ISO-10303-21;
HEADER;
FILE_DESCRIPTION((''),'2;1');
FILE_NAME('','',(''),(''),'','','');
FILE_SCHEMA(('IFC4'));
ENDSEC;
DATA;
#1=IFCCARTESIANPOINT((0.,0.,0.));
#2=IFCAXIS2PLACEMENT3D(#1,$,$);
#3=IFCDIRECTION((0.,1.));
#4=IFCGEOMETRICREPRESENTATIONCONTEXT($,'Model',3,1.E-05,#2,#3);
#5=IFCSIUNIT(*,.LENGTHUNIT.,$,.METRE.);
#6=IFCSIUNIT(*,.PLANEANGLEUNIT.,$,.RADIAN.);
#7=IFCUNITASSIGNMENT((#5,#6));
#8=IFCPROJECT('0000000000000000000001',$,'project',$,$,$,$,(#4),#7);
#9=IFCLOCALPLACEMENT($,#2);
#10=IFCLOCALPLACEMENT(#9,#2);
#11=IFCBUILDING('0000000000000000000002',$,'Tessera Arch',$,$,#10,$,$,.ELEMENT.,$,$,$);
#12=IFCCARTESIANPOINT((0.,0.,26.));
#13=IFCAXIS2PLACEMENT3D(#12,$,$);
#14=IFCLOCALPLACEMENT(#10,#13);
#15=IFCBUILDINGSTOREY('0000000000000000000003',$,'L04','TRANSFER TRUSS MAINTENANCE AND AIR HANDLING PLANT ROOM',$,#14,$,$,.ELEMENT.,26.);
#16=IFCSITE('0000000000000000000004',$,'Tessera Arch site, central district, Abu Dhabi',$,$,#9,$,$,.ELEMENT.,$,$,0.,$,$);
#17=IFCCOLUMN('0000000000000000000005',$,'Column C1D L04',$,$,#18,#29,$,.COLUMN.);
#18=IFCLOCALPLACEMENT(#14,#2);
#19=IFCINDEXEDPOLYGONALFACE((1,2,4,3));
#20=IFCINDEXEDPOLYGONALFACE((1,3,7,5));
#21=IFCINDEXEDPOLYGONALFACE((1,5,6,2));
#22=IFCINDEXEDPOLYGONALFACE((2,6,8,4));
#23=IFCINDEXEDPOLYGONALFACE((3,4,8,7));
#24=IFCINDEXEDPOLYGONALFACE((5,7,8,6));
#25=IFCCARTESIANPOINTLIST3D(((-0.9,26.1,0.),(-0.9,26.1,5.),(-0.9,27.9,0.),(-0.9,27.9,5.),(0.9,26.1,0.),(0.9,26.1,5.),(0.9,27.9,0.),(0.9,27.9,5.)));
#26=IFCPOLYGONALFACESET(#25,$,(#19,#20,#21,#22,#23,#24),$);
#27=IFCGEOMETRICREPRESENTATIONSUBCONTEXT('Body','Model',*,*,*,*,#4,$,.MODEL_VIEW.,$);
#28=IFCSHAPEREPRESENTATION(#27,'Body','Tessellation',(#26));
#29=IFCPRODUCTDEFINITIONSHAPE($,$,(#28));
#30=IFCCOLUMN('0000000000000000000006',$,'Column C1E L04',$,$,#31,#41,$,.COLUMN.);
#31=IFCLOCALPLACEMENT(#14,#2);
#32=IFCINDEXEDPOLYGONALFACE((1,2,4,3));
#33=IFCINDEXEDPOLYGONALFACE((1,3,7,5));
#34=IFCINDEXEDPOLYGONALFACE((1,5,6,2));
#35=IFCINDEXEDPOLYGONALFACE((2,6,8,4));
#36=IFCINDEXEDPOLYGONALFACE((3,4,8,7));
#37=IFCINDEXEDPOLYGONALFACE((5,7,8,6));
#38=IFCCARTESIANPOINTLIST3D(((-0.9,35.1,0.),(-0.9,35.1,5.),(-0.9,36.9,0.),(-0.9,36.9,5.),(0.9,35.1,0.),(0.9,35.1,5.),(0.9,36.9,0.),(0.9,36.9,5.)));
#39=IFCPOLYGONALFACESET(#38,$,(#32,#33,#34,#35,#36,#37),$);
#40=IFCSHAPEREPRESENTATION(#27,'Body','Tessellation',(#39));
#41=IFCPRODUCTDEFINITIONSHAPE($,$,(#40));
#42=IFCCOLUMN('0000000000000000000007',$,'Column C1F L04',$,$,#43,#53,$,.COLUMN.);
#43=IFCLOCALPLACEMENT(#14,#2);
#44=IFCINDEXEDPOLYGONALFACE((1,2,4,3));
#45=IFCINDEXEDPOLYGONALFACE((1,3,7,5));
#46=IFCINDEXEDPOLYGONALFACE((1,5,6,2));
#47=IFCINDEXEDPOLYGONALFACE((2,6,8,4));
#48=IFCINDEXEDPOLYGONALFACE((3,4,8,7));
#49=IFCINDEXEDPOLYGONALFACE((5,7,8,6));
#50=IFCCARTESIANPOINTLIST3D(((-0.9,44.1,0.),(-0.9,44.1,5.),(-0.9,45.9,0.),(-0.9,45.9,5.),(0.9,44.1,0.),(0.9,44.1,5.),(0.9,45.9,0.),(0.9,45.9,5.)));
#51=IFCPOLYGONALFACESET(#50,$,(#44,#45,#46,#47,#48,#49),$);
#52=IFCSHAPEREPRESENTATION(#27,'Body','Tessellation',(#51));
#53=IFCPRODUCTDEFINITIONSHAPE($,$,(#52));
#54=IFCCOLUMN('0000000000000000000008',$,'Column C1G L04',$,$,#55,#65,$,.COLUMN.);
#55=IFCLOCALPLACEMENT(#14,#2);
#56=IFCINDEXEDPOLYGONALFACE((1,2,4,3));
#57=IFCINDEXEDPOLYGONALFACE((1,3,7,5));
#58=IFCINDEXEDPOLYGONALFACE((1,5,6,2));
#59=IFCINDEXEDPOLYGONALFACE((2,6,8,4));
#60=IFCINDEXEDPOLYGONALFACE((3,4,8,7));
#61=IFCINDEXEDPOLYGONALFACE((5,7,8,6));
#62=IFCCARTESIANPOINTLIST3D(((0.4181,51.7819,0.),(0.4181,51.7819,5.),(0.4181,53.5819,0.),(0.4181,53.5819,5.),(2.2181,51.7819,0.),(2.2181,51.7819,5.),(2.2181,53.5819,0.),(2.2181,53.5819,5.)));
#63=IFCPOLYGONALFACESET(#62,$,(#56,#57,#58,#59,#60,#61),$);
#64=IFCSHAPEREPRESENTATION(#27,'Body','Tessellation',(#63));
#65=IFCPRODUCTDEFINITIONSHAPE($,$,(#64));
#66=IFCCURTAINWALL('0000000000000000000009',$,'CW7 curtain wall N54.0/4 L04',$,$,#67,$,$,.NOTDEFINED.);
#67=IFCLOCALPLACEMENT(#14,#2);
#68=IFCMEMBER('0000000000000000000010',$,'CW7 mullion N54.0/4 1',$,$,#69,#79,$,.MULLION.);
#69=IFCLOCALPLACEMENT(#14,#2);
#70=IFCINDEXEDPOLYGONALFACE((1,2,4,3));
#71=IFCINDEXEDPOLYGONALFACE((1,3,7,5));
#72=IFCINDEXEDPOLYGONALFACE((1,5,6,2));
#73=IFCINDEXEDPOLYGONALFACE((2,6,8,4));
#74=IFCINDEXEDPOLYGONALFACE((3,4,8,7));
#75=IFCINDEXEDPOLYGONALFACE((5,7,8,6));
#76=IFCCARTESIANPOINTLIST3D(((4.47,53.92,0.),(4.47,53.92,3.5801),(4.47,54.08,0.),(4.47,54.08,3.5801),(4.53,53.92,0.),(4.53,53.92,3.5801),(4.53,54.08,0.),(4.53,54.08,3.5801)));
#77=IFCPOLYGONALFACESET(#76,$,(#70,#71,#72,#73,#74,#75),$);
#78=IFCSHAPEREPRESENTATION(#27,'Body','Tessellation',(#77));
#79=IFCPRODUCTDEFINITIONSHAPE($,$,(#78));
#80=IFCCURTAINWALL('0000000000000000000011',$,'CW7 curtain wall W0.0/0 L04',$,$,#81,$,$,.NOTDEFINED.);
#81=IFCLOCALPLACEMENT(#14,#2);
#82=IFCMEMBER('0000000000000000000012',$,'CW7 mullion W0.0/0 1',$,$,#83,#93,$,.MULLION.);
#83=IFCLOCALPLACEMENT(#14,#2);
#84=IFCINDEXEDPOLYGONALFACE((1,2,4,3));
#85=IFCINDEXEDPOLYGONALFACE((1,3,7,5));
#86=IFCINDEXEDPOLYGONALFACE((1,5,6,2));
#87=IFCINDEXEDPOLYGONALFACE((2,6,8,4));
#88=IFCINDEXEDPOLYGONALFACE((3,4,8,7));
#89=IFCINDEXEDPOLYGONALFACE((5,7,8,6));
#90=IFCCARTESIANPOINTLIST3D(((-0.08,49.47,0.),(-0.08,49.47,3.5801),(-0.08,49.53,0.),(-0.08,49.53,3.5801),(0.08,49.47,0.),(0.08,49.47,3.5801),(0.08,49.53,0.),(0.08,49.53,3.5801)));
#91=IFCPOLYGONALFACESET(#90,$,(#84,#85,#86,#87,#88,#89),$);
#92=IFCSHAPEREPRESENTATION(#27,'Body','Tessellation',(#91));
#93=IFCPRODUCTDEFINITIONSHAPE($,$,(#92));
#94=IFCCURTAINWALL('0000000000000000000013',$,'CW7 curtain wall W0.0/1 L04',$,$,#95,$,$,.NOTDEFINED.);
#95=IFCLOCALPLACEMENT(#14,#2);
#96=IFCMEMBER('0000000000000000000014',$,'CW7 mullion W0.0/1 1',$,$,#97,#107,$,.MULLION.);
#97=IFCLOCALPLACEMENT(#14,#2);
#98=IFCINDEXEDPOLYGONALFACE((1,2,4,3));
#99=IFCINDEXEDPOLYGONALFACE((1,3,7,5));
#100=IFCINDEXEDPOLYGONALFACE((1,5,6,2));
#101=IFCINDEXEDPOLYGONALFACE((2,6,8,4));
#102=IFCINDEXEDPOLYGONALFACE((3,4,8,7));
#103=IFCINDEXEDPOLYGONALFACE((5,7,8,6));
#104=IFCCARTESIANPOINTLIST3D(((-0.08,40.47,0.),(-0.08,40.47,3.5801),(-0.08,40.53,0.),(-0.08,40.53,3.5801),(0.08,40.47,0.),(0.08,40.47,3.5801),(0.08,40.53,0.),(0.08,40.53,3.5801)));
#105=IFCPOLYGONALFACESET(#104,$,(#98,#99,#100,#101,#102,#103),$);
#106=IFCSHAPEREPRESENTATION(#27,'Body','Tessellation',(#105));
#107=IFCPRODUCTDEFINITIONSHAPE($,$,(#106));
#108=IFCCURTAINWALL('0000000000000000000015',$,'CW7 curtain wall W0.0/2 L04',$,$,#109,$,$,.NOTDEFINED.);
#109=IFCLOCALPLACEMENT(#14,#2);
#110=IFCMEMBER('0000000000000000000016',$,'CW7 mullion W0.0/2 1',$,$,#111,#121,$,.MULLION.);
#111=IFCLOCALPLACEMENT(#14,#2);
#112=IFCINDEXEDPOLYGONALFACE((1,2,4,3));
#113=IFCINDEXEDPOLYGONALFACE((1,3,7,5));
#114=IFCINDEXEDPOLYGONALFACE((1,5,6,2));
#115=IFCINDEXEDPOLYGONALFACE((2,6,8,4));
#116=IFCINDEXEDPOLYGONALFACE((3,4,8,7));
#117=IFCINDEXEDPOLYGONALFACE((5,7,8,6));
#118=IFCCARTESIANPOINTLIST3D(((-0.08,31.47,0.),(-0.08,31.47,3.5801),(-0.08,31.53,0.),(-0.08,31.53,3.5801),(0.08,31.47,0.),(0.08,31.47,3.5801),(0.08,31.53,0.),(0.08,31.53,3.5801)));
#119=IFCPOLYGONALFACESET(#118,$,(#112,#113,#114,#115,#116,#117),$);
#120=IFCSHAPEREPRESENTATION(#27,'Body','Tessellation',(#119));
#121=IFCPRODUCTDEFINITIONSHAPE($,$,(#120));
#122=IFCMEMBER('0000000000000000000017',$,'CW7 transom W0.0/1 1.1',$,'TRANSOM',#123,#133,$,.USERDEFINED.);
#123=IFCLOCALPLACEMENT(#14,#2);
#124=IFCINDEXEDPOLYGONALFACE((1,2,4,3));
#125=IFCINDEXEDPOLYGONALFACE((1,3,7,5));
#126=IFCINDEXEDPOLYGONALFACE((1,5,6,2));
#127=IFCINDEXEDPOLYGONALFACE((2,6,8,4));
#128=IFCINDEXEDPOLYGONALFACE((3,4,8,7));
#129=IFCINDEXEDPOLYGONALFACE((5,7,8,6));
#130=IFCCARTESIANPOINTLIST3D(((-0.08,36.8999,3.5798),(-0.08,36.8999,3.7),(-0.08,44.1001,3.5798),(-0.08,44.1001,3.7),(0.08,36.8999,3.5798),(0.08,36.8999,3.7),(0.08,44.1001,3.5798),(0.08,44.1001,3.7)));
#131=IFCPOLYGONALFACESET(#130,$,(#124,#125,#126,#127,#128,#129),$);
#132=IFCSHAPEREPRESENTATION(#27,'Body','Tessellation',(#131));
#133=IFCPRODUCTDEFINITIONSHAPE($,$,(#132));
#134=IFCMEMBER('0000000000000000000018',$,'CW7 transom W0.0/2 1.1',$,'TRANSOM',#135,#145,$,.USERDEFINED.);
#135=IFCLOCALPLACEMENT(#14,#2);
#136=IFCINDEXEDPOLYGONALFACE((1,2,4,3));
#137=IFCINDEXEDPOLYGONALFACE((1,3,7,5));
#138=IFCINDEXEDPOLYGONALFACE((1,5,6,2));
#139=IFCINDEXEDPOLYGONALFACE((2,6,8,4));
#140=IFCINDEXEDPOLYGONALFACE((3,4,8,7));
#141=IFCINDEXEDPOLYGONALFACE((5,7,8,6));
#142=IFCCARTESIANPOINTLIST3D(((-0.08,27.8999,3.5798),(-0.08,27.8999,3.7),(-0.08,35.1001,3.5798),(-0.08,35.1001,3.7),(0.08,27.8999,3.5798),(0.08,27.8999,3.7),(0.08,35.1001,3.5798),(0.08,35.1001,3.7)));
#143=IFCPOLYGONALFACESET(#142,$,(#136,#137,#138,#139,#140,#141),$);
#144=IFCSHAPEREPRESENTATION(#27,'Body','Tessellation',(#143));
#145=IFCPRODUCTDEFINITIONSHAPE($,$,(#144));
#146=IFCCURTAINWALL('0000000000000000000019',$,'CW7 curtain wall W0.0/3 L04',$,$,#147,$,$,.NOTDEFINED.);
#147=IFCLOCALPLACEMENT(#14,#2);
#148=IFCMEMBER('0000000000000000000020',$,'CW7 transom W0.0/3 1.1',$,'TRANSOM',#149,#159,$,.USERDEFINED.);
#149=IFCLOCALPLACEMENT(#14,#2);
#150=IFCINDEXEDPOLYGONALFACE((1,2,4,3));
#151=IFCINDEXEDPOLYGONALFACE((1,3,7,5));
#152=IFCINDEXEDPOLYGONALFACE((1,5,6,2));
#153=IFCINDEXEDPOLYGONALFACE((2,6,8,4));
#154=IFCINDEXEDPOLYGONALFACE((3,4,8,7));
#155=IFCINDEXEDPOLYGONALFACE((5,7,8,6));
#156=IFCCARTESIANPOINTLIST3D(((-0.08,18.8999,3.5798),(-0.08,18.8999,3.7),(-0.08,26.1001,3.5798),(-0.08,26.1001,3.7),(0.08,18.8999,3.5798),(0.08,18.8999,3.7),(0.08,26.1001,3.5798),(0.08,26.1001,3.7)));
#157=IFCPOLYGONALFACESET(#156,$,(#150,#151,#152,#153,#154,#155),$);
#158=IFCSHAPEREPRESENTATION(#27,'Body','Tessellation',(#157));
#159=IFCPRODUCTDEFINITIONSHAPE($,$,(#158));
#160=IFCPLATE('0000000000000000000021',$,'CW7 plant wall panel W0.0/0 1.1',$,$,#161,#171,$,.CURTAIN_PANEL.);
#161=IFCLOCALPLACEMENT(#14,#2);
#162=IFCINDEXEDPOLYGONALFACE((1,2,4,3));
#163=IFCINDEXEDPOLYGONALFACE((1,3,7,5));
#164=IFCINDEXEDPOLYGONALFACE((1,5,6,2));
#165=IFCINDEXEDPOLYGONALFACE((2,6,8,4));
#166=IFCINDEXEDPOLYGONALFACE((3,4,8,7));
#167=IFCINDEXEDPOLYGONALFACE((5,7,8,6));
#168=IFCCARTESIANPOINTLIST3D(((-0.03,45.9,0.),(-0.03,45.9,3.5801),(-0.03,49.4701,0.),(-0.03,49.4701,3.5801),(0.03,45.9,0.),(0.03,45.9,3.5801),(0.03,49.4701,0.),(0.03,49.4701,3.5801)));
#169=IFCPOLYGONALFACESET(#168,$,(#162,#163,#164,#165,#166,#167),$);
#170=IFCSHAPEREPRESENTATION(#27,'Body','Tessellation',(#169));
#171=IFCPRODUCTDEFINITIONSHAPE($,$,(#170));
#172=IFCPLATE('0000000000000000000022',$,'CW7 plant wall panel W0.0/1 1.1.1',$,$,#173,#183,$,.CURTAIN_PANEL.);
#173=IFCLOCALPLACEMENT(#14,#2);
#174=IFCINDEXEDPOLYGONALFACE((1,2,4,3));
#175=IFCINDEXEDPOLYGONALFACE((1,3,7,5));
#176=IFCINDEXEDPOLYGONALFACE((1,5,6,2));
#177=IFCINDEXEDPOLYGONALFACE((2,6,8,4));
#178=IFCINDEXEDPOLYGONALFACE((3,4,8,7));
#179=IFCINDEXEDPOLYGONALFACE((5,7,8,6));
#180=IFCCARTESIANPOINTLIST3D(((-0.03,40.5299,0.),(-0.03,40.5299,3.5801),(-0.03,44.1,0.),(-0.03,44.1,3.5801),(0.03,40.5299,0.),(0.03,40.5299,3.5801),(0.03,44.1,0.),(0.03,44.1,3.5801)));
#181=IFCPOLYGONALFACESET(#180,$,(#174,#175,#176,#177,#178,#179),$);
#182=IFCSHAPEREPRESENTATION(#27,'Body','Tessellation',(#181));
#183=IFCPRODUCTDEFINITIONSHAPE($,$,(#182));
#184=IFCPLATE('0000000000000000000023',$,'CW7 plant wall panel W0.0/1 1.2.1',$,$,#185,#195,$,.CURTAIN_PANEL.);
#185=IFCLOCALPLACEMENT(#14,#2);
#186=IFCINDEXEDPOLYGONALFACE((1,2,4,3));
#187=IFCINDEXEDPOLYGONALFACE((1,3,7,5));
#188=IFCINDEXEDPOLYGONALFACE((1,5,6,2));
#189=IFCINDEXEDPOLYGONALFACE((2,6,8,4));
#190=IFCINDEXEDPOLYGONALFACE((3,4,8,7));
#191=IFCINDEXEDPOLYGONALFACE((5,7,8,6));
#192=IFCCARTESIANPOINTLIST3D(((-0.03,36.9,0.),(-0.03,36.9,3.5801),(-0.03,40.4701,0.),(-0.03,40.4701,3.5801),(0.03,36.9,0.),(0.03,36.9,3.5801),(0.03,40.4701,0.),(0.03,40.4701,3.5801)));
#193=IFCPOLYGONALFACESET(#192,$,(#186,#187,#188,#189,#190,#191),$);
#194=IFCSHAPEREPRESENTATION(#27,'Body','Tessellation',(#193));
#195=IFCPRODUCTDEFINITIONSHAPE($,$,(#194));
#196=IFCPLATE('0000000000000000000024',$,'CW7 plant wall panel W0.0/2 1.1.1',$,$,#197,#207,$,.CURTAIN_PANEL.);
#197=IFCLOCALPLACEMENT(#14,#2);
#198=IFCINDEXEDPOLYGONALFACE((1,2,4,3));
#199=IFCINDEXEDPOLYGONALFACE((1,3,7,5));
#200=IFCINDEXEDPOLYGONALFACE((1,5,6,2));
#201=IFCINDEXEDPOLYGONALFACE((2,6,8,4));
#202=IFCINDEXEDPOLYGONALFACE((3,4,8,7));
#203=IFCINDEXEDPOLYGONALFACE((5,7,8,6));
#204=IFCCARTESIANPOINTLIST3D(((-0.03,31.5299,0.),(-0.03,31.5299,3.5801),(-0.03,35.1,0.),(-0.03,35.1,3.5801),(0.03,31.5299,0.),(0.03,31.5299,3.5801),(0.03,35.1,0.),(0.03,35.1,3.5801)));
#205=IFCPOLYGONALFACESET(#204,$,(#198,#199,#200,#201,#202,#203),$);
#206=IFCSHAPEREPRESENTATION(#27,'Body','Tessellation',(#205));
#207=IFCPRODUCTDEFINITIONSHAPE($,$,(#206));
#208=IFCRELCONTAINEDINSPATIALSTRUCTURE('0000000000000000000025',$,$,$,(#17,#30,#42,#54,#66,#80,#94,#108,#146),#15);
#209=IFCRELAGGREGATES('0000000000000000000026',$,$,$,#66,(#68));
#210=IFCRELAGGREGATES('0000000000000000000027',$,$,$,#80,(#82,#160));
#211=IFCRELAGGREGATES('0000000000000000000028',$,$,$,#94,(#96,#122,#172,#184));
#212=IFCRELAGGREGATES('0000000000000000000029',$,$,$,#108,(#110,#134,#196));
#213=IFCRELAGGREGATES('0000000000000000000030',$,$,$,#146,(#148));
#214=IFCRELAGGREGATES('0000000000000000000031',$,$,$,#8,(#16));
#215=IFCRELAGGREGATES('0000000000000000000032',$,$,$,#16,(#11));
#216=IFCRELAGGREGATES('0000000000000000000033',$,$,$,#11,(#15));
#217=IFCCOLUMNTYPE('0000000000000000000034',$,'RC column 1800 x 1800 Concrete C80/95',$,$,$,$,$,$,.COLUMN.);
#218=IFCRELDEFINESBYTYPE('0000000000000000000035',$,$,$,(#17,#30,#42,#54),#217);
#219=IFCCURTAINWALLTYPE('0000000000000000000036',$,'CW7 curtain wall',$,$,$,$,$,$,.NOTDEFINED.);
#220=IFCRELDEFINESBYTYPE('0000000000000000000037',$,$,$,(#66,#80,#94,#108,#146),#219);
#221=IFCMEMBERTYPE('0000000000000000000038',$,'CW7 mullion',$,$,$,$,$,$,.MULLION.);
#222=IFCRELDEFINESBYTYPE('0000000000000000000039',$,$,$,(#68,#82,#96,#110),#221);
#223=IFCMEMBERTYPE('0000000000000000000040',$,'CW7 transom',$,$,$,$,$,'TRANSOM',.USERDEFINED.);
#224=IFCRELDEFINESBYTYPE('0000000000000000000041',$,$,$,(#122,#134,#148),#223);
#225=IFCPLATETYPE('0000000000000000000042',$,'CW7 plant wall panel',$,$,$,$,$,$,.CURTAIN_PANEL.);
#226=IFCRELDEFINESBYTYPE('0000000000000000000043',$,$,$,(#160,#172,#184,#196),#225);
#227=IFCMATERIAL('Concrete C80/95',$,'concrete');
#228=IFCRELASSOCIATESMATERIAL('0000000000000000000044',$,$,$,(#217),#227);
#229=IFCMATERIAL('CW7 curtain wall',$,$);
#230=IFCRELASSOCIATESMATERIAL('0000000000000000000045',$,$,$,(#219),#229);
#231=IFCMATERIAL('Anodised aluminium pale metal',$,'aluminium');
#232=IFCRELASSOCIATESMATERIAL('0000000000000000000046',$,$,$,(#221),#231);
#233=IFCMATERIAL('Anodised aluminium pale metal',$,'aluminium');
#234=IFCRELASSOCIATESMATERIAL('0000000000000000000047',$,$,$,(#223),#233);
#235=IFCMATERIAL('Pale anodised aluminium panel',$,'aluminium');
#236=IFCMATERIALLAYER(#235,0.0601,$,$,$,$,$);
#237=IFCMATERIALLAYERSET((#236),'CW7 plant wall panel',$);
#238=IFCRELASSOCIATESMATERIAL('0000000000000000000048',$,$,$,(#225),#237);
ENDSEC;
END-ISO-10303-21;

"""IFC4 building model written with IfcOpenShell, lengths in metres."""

from ifc_helpers import new_model, si_unit, direction, frame, origin, origin_2d, place, context, subcontext, project, spatial, rectangle, extrude, material, layer, layer_set, material_profile, profile_set, type_object, element, aggregate, save


model = new_model("IFC4")

# Units and contexts
model_context = context("Model", 3, precision=1e-05, world=origin(), true_north=direction((0.0, 1.0)))
body_context = subcontext(model_context, "Body", "Model", "MODEL_VIEW")
ifc_project = project(units=[si_unit("LENGTHUNIT", "METRE"), si_unit("PLANEANGLEUNIT", "RADIAN")], contexts=[model_context])

# Site, building, storey
site_placement = place(None, origin())
site = spatial("IfcSite", under=ifc_project, at=site_placement, Name="Tessera Arch site, central district, Abu Dhabi", CompositionType="ELEMENT", RefElevation=0.0)
building_placement = place(site_placement, origin())
building = spatial("IfcBuilding", under=site, at=building_placement, Name="Tessera Arch", CompositionType="ELEMENT")
storey_placement = place(building_placement, frame((0.0, 0.0, 26.0)))
storey = spatial("IfcBuildingStorey", under=building, at=storey_placement, Name="L04", Description="TRANSFER TRUSS MAINTENANCE AND AIR HANDLING PLANT ROOM", CompositionType="ELEMENT", Elevation=26.0)

# Columns
ifc_material_1 = material(Name="Concrete C80/95", Category="concrete")
ifc_material_profile_1 = material_profile(ifc_material_1, rectangle(XDim=1.8, YDim=1.8, at=origin_2d()), Name="RC column 1800 x 1800 Concrete C80/95")
ifc_profile_set_1 = profile_set([ifc_material_profile_1], Name="Concrete C80/95")
column_type = type_object("IfcColumnType", Name="RC column 1800 x 1800 Concrete C80/95", PredefinedType="COLUMN", material=ifc_profile_set_1)
for number, where, z_axis, x_axis, name in (
    (1, (0.0, 27.0, 0.0), (0.0, 0.0, 1.0), (1.0, 0.0, 0.0), "Column C1D L04"),
    (2, (0.0, 36.0, 0.0), (0.0, 0.0, 1.0), (1.0, 0.0, 0.0), "Column C1E L04"),
    (3, (0.0, 45.0, 0.0), (0.0, 0.0, 1.0), (1.0, 0.0, 0.0), "Column C1F L04"),
    (4, (1.3181, 52.6819, 0.0), (0.0, 0.0, 1.0), (1.0, 0.0, 0.0), "Column C1G L04"),
):
    element("IfcColumn", number, at=place(storey_placement, frame(where, z_axis=z_axis, x_axis=x_axis)), inside=storey, type_object=column_type, Name=name, PredefinedType="COLUMN", context=body_context, shape_type="SweptSolid", body=[
        extrude(rectangle(XDim=1.8, YDim=1.8, at=origin_2d()), origin(), (0.0, 0.0, 1.0), 5.0),
    ])

# Curtain walls, members
ifc_material_2 = material(Name="CW7 curtain wall")
curtain_wall_type = type_object("IfcCurtainWallType", Name="CW7 curtain wall", PredefinedType="NOTDEFINED", material=ifc_material_2)
curtain_wall_1_placement = place(storey_placement, origin())
curtain_wall_1 = element("IfcCurtainWall", 5, at=curtain_wall_1_placement, inside=storey, type_object=curtain_wall_type, Name="CW7 curtain wall N54.0/4 L04", PredefinedType="NOTDEFINED")
ifc_material_3 = material(Name="Anodised aluminium pale metal", Category="aluminium")
ifc_material_profile_2 = material_profile(ifc_material_3, rectangle(XDim=0.1599, YDim=0.0601, at=origin_2d()), Name="AL 60x160")
ifc_profile_set_2 = profile_set([ifc_material_profile_2], Name="Anodised aluminium pale metal")
member_type_1 = type_object("IfcMemberType", Name="CW7 mullion", PredefinedType="MULLION", material=ifc_profile_set_2)
member_1_placement = place(storey_placement, frame((4.5, 54.0, 0.0), z_axis=(0.0, 0.0, 1.0), x_axis=(0.0, -1.0, 0.0)))
member_1 = element("IfcMember", 6, at=member_1_placement, type_object=member_type_1, Name="CW7 mullion N54.0/4 1", PredefinedType="MULLION", context=body_context, shape_type="SweptSolid", body=[
    extrude(rectangle(XDim=0.1599, YDim=0.0601, at=origin_2d()), origin(), (0.0, 0.0, 1.0), 3.5801),
])
aggregate(curtain_wall_1, [member_1])
curtain_wall_2_placement = place(storey_placement, origin())
curtain_wall_2 = element("IfcCurtainWall", 7, at=curtain_wall_2_placement, inside=storey, type_object=curtain_wall_type, Name="CW7 curtain wall W0.0/0 L04", PredefinedType="NOTDEFINED")
member_2_placement = place(storey_placement, frame((0.0, 49.5, 0.0), z_axis=(0.0, 0.0, 1.0), x_axis=(1.0, 0.0, 0.0)))
member_2 = element("IfcMember", 8, at=member_2_placement, type_object=member_type_1, Name="CW7 mullion W0.0/0 1", PredefinedType="MULLION", context=body_context, shape_type="SweptSolid", body=[
    extrude(rectangle(XDim=0.1599, YDim=0.0601, at=origin_2d()), origin(), (0.0, 0.0, 1.0), 3.5801),
])
curtain_wall_3_placement = place(storey_placement, origin())
curtain_wall_3 = element("IfcCurtainWall", 9, at=curtain_wall_3_placement, inside=storey, type_object=curtain_wall_type, Name="CW7 curtain wall W0.0/1 L04", PredefinedType="NOTDEFINED")
member_3_placement = place(storey_placement, frame((0.0, 40.5, 0.0), z_axis=(0.0, 0.0, 1.0), x_axis=(1.0, 0.0, 0.0)))
member_3 = element("IfcMember", 10, at=member_3_placement, type_object=member_type_1, Name="CW7 mullion W0.0/1 1", PredefinedType="MULLION", context=body_context, shape_type="SweptSolid", body=[
    extrude(rectangle(XDim=0.1599, YDim=0.0601, at=origin_2d()), origin(), (0.0, 0.0, 1.0), 3.5801),
])
curtain_wall_4_placement = place(storey_placement, origin())
curtain_wall_4 = element("IfcCurtainWall", 11, at=curtain_wall_4_placement, inside=storey, type_object=curtain_wall_type, Name="CW7 curtain wall W0.0/2 L04", PredefinedType="NOTDEFINED")
member_4_placement = place(storey_placement, frame((0.0, 31.5, 0.0), z_axis=(0.0, 0.0, 1.0), x_axis=(1.0, 0.0, 0.0)))
member_4 = element("IfcMember", 12, at=member_4_placement, type_object=member_type_1, Name="CW7 mullion W0.0/2 1", PredefinedType="MULLION", context=body_context, shape_type="SweptSolid", body=[
    extrude(rectangle(XDim=0.1599, YDim=0.0601, at=origin_2d()), origin(), (0.0, 0.0, 1.0), 3.5801),
])

# Members
ifc_material_4 = material(Name="Anodised aluminium pale metal", Category="aluminium")
ifc_material_profile_3 = material_profile(ifc_material_4, rectangle(XDim=0.1599, YDim=0.1201, at=origin_2d()), Name="AL 160x120")
ifc_profile_set_3 = profile_set([ifc_material_profile_3], Name="Anodised aluminium pale metal")
member_type_2 = type_object("IfcMemberType", Name="CW7 transom", ElementType="TRANSOM", PredefinedType="USERDEFINED", material=ifc_profile_set_3)
member_5_placement = place(storey_placement, frame((0.0, 44.1001, 3.6399), z_axis=(0.0, -1.0, 0.0), x_axis=(1.0, 0.0, 0.0)))
member_5 = element("IfcMember", 13, at=member_5_placement, type_object=member_type_2, Name="CW7 transom W0.0/1 1.1", ObjectType="TRANSOM", PredefinedType="USERDEFINED", context=body_context, shape_type="SweptSolid", body=[
    extrude(rectangle(XDim=0.1599, YDim=0.1201, at=origin_2d()), origin(), (0.0, 0.0, 1.0), 7.2002),
])
member_6_placement = place(storey_placement, frame((0.0, 35.1001, 3.6399), z_axis=(0.0, -1.0, 0.0), x_axis=(1.0, 0.0, 0.0)))
member_6 = element("IfcMember", 14, at=member_6_placement, type_object=member_type_2, Name="CW7 transom W0.0/2 1.1", ObjectType="TRANSOM", PredefinedType="USERDEFINED", context=body_context, shape_type="SweptSolid", body=[
    extrude(rectangle(XDim=0.1599, YDim=0.1201, at=origin_2d()), origin(), (0.0, 0.0, 1.0), 7.2002),
])

# Curtain wall, member
curtain_wall_5_placement = place(storey_placement, origin())
curtain_wall_5 = element("IfcCurtainWall", 15, at=curtain_wall_5_placement, inside=storey, type_object=curtain_wall_type, Name="CW7 curtain wall W0.0/3 L04", PredefinedType="NOTDEFINED")
member_7_placement = place(storey_placement, frame((0.0, 26.1001, 3.6399), z_axis=(0.0, -1.0, 0.0), x_axis=(1.0, 0.0, 0.0)))
member_7 = element("IfcMember", 16, at=member_7_placement, type_object=member_type_2, Name="CW7 transom W0.0/3 1.1", ObjectType="TRANSOM", PredefinedType="USERDEFINED", context=body_context, shape_type="SweptSolid", body=[
    extrude(rectangle(XDim=0.1599, YDim=0.1201, at=origin_2d()), origin(), (0.0, 0.0, 1.0), 7.2002),
])

# Plates
ifc_material_5 = material(Name="Pale anodised aluminium panel", Category="aluminium")
ifc_layer_1 = layer(ifc_material_5, 0.0601)
ifc_layer_set_1 = layer_set([ifc_layer_1], Name="CW7 plant wall panel")
plate_type = type_object("IfcPlateType", Name="CW7 plant wall panel", PredefinedType="CURTAIN_PANEL", material=ifc_layer_set_1)
plate_1_placement = place(storey_placement, frame((0.0, 47.6851, 0.0), z_axis=(0.0, 0.0, 1.0), x_axis=(0.0, -1.0, 0.0)))
plate_1 = element("IfcPlate", 17, at=plate_1_placement, type_object=plate_type, Name="CW7 plant wall panel W0.0/0 1.1", PredefinedType="CURTAIN_PANEL", context=body_context, shape_type="SweptSolid", body=[
    extrude(rectangle(XDim=3.5701, YDim=0.0601, at=origin_2d()), origin(), (0.0, 0.0, 1.0), 3.5801),
])
aggregate(curtain_wall_2, [member_2, plate_1])
plate_2_placement = place(storey_placement, frame((0.0, 42.3149, 0.0), z_axis=(0.0, 0.0, 1.0), x_axis=(0.0, -1.0, 0.0)))
plate_2 = element("IfcPlate", 18, at=plate_2_placement, type_object=plate_type, Name="CW7 plant wall panel W0.0/1 1.1.1", PredefinedType="CURTAIN_PANEL", context=body_context, shape_type="SweptSolid", body=[
    extrude(rectangle(XDim=3.5701, YDim=0.0601, at=origin_2d()), origin(), (0.0, 0.0, 1.0), 3.5801),
])
plate_3_placement = place(storey_placement, frame((0.0, 38.6851, 0.0), z_axis=(0.0, 0.0, 1.0), x_axis=(0.0, -1.0, 0.0)))
plate_3 = element("IfcPlate", 19, at=plate_3_placement, type_object=plate_type, Name="CW7 plant wall panel W0.0/1 1.2.1", PredefinedType="CURTAIN_PANEL", context=body_context, shape_type="SweptSolid", body=[
    extrude(rectangle(XDim=3.5701, YDim=0.0601, at=origin_2d()), origin(), (0.0, 0.0, 1.0), 3.5801),
])
aggregate(curtain_wall_3, [member_3, member_5, plate_2, plate_3])
plate_4_placement = place(storey_placement, frame((0.0, 33.3149, 0.0), z_axis=(0.0, 0.0, 1.0), x_axis=(0.0, -1.0, 0.0)))
plate_4 = element("IfcPlate", 20, at=plate_4_placement, type_object=plate_type, Name="CW7 plant wall panel W0.0/2 1.1.1", PredefinedType="CURTAIN_PANEL", context=body_context, shape_type="SweptSolid", body=[
    extrude(rectangle(XDim=3.5701, YDim=0.0601, at=origin_2d()), origin(), (0.0, 0.0, 1.0), 3.5801),
])
aggregate(curtain_wall_4, [member_4, member_6, plate_4])
aggregate(curtain_wall_5, [member_7])

save(model, "model.ifc")
